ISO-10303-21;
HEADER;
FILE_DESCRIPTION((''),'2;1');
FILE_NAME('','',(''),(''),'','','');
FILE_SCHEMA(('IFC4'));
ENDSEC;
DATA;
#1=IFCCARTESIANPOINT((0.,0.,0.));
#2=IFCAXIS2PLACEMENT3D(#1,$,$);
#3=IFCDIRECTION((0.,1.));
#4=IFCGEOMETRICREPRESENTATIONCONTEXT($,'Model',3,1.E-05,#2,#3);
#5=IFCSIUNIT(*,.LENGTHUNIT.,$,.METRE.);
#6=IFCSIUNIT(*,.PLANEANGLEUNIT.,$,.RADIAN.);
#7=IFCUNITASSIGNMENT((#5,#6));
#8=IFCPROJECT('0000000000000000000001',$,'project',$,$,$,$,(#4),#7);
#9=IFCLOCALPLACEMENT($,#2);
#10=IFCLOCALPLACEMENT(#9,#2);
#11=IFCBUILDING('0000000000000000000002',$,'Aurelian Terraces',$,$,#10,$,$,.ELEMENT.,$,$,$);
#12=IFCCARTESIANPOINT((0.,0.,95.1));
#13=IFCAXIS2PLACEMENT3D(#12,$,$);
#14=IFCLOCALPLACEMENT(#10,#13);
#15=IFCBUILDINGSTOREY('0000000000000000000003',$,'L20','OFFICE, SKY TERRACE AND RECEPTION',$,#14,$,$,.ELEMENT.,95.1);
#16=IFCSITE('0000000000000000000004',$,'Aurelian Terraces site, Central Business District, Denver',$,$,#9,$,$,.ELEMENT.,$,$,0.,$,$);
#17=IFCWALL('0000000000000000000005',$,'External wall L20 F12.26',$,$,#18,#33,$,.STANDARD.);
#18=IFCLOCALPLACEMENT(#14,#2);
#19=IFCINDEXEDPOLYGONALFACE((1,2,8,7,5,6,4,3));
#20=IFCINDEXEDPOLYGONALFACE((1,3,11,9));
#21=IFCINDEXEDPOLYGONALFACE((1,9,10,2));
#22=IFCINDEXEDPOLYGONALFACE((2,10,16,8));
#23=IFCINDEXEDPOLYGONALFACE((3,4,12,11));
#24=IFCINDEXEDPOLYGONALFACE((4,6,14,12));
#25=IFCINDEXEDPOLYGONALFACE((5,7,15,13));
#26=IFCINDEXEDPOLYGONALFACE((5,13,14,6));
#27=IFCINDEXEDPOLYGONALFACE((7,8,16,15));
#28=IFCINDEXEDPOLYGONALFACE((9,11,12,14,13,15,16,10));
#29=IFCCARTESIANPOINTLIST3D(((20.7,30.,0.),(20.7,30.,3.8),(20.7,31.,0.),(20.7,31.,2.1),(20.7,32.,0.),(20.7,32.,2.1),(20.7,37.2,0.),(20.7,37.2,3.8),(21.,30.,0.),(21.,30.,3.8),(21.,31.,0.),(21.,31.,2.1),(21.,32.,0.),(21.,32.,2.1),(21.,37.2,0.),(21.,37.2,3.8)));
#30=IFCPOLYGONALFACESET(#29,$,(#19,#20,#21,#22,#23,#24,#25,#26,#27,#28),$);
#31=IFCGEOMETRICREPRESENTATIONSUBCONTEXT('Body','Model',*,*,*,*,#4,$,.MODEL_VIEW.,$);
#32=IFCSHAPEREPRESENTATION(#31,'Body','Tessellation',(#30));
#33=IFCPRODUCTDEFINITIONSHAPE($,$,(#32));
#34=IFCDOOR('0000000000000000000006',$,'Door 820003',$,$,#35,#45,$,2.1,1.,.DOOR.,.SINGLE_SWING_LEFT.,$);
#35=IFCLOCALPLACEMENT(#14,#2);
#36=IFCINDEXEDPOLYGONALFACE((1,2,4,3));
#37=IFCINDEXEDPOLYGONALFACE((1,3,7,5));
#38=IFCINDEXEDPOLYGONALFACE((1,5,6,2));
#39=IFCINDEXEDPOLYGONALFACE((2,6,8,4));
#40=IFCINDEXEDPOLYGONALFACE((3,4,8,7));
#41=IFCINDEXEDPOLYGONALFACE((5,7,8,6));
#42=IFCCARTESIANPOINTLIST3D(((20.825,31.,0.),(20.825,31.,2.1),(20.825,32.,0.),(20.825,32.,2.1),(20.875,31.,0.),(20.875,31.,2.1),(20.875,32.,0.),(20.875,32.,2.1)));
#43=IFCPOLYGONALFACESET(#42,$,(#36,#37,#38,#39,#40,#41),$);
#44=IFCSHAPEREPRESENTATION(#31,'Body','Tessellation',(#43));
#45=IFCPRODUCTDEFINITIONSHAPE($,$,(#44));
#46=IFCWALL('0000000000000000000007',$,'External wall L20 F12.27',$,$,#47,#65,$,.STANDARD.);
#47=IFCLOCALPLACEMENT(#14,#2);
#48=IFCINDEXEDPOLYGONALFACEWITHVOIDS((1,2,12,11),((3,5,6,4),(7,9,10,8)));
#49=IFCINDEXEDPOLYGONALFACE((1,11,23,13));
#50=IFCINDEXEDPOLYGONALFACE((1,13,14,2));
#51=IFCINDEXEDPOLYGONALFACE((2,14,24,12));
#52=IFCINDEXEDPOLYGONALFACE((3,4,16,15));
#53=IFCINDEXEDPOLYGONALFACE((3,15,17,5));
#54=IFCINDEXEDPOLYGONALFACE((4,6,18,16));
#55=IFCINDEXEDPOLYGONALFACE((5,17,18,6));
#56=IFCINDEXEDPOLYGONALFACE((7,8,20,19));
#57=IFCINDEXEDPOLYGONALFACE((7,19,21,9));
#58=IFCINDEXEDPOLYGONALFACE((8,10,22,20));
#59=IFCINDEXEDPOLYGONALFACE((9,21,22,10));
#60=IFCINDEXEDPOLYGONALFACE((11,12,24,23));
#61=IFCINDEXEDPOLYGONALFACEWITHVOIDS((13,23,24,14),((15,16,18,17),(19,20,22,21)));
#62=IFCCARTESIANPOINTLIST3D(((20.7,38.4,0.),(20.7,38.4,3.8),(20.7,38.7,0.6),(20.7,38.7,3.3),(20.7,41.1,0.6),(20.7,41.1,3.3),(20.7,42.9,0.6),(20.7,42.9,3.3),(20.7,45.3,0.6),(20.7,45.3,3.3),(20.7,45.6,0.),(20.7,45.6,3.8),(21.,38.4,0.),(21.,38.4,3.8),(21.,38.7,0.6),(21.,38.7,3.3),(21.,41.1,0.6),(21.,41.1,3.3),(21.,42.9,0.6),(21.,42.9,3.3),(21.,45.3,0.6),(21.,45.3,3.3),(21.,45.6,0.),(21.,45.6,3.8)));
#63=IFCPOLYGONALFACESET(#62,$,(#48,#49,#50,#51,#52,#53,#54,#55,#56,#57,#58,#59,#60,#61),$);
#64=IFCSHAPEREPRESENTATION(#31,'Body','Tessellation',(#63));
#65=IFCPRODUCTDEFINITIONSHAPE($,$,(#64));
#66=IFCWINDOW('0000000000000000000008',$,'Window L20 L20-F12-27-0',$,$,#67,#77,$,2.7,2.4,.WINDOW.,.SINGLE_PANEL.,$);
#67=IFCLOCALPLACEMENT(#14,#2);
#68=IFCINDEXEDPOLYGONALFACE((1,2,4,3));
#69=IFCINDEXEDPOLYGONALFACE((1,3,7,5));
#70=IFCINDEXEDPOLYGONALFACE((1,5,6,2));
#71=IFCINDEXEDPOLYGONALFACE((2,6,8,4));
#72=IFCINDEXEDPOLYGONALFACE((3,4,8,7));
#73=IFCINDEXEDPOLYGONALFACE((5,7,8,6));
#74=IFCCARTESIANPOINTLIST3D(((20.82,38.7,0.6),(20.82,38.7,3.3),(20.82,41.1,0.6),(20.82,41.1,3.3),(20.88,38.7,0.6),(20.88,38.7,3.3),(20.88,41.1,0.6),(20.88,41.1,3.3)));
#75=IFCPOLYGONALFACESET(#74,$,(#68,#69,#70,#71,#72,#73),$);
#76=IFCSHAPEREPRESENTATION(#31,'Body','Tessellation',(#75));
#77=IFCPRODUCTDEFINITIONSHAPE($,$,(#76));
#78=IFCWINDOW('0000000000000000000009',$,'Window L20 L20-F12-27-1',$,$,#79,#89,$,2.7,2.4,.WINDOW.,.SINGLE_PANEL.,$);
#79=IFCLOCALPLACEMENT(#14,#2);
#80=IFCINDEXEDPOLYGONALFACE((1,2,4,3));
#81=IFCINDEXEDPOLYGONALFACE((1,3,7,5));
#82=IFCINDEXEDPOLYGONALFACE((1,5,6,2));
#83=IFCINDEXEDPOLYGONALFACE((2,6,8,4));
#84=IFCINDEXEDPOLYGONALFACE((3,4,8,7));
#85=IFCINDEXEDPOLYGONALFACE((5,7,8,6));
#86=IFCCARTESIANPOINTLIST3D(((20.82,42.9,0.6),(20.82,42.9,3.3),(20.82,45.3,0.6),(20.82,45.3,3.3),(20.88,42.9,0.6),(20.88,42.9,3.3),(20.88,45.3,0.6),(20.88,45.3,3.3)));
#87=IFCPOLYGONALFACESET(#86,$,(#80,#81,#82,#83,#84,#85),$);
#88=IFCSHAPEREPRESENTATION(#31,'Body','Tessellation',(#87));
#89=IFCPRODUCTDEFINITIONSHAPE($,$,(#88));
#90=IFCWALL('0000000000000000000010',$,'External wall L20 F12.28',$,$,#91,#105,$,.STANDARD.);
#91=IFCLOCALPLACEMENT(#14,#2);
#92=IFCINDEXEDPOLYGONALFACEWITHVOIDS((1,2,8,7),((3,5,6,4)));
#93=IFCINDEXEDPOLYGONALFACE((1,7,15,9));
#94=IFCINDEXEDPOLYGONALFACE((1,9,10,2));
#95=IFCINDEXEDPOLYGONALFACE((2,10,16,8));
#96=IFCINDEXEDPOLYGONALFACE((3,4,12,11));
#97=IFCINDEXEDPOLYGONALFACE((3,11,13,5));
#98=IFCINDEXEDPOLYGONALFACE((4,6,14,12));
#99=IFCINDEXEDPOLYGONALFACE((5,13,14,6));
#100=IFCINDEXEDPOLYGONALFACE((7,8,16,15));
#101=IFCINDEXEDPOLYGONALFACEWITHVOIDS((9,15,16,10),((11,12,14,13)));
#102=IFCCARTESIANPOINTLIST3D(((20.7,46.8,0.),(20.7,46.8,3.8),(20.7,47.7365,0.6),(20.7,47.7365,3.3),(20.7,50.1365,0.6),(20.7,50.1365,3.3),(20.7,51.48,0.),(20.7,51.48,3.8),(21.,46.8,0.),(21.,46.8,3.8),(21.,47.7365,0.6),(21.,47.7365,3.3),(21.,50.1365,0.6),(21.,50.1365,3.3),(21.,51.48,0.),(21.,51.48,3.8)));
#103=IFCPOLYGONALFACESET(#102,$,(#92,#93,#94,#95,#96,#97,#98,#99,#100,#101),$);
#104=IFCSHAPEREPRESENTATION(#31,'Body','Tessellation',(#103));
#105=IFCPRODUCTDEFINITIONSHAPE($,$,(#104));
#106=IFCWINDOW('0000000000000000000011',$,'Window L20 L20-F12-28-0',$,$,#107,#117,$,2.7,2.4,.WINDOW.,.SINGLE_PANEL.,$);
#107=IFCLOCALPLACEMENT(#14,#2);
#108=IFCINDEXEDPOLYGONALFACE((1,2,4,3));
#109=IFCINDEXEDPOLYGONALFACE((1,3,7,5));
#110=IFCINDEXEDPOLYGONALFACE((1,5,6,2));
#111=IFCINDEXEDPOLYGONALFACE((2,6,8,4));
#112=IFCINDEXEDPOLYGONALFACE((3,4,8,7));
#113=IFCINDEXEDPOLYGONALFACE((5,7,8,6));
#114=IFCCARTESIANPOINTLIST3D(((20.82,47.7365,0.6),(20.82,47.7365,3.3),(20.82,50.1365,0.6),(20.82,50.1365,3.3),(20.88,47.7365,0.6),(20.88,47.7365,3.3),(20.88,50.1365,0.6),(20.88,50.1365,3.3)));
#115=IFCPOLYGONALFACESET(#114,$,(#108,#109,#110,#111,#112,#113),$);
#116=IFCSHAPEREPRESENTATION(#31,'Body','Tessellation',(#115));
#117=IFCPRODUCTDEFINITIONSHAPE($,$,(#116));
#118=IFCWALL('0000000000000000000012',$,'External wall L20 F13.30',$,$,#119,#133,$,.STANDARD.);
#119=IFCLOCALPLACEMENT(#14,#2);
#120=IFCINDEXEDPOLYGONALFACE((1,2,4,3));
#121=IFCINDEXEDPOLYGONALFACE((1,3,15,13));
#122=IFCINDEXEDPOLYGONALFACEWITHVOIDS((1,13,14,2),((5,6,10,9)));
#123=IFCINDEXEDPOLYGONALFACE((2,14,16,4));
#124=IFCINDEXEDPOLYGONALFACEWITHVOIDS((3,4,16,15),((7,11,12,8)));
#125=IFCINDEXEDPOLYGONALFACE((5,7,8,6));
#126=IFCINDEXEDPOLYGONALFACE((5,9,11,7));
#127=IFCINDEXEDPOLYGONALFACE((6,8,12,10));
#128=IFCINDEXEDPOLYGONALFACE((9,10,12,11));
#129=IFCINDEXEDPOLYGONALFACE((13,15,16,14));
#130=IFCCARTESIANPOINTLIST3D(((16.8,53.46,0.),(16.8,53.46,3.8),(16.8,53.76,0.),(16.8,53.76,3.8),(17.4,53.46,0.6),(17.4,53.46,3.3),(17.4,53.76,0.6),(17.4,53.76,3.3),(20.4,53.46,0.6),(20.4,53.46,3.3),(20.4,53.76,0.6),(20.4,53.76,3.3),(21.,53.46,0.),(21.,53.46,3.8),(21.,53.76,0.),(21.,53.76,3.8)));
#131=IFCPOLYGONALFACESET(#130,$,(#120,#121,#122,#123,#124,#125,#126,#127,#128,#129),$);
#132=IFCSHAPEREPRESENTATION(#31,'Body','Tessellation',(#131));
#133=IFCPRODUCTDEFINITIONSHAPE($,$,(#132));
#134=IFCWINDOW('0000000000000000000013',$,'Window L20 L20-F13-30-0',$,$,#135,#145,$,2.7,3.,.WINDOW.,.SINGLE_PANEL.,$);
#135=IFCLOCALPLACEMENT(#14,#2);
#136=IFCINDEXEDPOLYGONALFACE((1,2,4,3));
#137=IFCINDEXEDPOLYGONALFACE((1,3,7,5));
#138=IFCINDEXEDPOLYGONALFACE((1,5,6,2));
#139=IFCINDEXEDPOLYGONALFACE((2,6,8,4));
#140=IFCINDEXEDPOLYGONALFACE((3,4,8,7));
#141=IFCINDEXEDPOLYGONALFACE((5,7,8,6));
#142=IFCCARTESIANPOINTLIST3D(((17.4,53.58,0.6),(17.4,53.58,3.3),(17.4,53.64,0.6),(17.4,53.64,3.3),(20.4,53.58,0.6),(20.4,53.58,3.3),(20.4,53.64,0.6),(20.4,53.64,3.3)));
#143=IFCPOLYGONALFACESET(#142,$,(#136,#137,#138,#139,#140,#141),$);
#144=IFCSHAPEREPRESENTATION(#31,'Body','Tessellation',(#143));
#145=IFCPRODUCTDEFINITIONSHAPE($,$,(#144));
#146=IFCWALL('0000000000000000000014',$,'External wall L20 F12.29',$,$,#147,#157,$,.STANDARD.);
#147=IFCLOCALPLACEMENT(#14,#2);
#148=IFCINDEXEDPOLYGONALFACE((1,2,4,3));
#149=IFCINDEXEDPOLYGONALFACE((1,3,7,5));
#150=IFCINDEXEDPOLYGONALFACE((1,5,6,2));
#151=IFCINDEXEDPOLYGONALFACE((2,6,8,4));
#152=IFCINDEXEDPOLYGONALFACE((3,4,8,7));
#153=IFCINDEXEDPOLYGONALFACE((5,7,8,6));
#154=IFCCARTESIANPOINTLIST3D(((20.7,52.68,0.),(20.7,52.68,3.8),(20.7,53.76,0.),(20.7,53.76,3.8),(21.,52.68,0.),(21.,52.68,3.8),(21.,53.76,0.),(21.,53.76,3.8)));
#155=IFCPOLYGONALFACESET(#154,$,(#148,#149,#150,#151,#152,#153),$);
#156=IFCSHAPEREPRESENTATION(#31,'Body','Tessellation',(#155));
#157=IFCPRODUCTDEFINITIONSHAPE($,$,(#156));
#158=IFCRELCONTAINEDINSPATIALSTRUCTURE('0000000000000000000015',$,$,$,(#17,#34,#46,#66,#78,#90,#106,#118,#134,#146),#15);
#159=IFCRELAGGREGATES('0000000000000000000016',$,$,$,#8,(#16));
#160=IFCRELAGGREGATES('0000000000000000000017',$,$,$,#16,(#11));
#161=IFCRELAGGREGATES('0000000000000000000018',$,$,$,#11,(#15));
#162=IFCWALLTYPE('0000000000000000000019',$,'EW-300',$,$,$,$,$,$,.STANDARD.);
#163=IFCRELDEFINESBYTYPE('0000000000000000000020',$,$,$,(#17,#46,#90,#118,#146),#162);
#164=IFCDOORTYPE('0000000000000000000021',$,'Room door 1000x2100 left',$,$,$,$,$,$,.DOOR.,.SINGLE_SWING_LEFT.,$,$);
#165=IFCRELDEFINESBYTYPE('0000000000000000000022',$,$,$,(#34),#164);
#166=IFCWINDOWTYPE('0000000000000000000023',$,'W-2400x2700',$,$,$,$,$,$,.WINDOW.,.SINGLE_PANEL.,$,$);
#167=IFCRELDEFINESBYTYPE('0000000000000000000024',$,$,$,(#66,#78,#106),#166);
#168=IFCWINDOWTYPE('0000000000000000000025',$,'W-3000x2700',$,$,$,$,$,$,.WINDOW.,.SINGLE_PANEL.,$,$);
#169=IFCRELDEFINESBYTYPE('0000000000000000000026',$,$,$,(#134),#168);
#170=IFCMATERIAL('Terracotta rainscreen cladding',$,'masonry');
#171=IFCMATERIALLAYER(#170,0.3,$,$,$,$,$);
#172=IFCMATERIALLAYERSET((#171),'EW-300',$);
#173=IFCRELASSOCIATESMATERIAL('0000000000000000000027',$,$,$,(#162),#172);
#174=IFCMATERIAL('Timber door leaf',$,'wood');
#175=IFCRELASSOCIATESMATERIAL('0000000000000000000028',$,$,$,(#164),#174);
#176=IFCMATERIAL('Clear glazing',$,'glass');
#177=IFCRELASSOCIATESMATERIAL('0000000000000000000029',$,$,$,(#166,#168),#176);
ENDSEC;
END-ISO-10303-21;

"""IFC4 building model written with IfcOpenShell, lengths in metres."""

from ifc_helpers import new_model, si_unit, direction, frame, frame_2d, origin, place, context, subcontext, project, spatial, rectangle, extrude, source, transform, mapped, material, layer, layer_set, type_object, element, fill, save


model = new_model("IFC4")

# Units and contexts
model_context = context("Model", 3, precision=1e-05, world=origin(), true_north=direction((0.0, 1.0)))
body_context = subcontext(model_context, "Body", "Model", "MODEL_VIEW")
ifc_project = project(units=[si_unit("LENGTHUNIT", "METRE"), si_unit("PLANEANGLEUNIT", "RADIAN")], contexts=[model_context])

# Site, building, storey
site_placement = place(None, origin())
site = spatial("IfcSite", under=ifc_project, at=site_placement, Name="Aurelian Terraces site, Central Business District, Denver", CompositionType="ELEMENT", RefElevation=0.0)
building_placement = place(site_placement, origin())
building = spatial("IfcBuilding", under=site, at=building_placement, Name="Aurelian Terraces", CompositionType="ELEMENT")
storey_placement = place(building_placement, frame((0.0, 0.0, 95.1)))
storey = spatial("IfcBuildingStorey", under=building, at=storey_placement, Name="L20", Description="OFFICE, SKY TERRACE AND RECEPTION", CompositionType="ELEMENT", Elevation=95.1)

# Wall, opening, door
ifc_material_1 = material(Name="Terracotta rainscreen cladding", Category="masonry")
ifc_layer_1 = layer(ifc_material_1, 0.3)
ifc_layer_set_1 = layer_set([ifc_layer_1], Name="EW-300")
wall_type_1 = type_object("IfcWallType", Name="EW-300", PredefinedType="STANDARD", material=ifc_layer_set_1)
shared_shape_1 = source(origin(), body_context, "Body", "SweptSolid", [
    extrude(rectangle(XDim=7.2, YDim=0.3, at=frame_2d((3.6, 0.0))), origin(), (0.0, 0.0, 1.0), 3.8),
])
wall_1_placement = place(storey_placement, frame((20.85, 30.0, 0.0), z_axis=(0.0, 0.0, 1.0), x_axis=(0.0, 1.0, 0.0)))
wall_1 = element("IfcWall", 1, at=wall_1_placement, inside=storey, type_object=wall_type_1, Name="External wall L20 F12.26", PredefinedType="STANDARD", context=body_context, shape_type="MappedRepresentation", body=[
    mapped(shared_shape_1, transform((0.0, 0.0, 0.0), scale=1.0)),
])
shared_shape_2 = source(origin(), body_context, "Body", "SweptSolid", [
    extrude(rectangle(XDim=1.0, YDim=2.1, at=frame_2d((0.5, 1.05))), frame((0.0, 0.16, 0.0), z_axis=(0.0, -1.0, 0.0), x_axis=(1.0, 0.0, 0.0)), (0.0, 0.0, 1.0), 0.32),
])
opening_1_placement = place(wall_1_placement, frame((1.0, 0.0, 0.0)))
opening_1 = element("IfcOpeningElement", 2, at=opening_1_placement, cuts=wall_1, PredefinedType="OPENING", context=body_context, shape_type="MappedRepresentation", body=[
    mapped(shared_shape_2, transform((0.0, 0.0, 0.0), scale=1.0)),
])
ifc_material_2 = material(Name="Timber door leaf", Category="wood")
door_type = type_object("IfcDoorType", Name="Room door 1000x2100 left", OperationType="SINGLE_SWING_LEFT", PredefinedType="DOOR", material=ifc_material_2)
shared_shape_3 = source(origin(), body_context, "Body", "SweptSolid", [
    extrude(rectangle(XDim=1.0, YDim=2.1, at=frame_2d((0.5, 1.05))), frame((0.0, 0.025, 0.0), z_axis=(0.0, -1.0, 0.0), x_axis=(1.0, 0.0, 0.0)), (0.0, 0.0, 1.0), 0.05),
])
door_placement = place(opening_1_placement, origin())
door = element("IfcDoor", 3, at=door_placement, inside=storey, type_object=door_type, Name="Door 820003", OperationType="SINGLE_SWING_LEFT", OverallHeight=2.1, OverallWidth=1.0, PredefinedType="DOOR", context=body_context, shape_type="MappedRepresentation", body=[
    mapped(shared_shape_3, transform((0.0, 0.0, 0.0), scale=1.0)),
])
fill(opening_1, door)

# Wall, openings, windows
wall_2_placement = place(storey_placement, frame((20.85, 38.4, 0.0), z_axis=(0.0, 0.0, 1.0), x_axis=(0.0, 1.0, 0.0)))
wall_2 = element("IfcWall", 4, at=wall_2_placement, inside=storey, type_object=wall_type_1, Name="External wall L20 F12.27", PredefinedType="STANDARD", context=body_context, shape_type="MappedRepresentation", body=[
    mapped(shared_shape_1, transform((0.0, 0.0, 0.0), scale=1.0)),
])
shared_shape_4 = source(origin(), body_context, "Body", "SweptSolid", [
    extrude(rectangle(XDim=2.4, YDim=2.7, at=frame_2d((1.2, 1.35))), frame((0.0, 0.16, 0.0), z_axis=(0.0, -1.0, 0.0), x_axis=(1.0, 0.0, 0.0)), (0.0, 0.0, 1.0), 0.32),
])
opening_2_placement = place(wall_2_placement, frame((0.3, 0.0, 0.6)))
opening_2 = element("IfcOpeningElement", 5, at=opening_2_placement, cuts=wall_2, PredefinedType="OPENING", context=body_context, shape_type="MappedRepresentation", body=[
    mapped(shared_shape_4, transform((0.0, 0.0, 0.0), scale=1.0)),
])
opening_3_placement = place(wall_2_placement, frame((4.5, 0.0, 0.6)))
opening_3 = element("IfcOpeningElement", 6, at=opening_3_placement, cuts=wall_2, PredefinedType="OPENING", context=body_context, shape_type="MappedRepresentation", body=[
    mapped(shared_shape_4, transform((0.0, 0.0, 0.0), scale=1.0)),
])
ifc_material_3 = material(Name="Clear glazing", Category="glass")
window_type_1 = type_object("IfcWindowType", Name="W-2400x2700", PartitioningType="SINGLE_PANEL", PredefinedType="WINDOW", material=ifc_material_3)
shared_shape_5 = source(origin(), body_context, "Body", "SweptSolid", [
    extrude(rectangle(XDim=2.4, YDim=2.7, at=frame_2d((1.2, 1.35))), frame((0.0, 0.03, 0.0), z_axis=(0.0, -1.0, 0.0), x_axis=(1.0, 0.0, 0.0)), (0.0, 0.0, 1.0), 0.06),
])
window_1_placement = place(opening_2_placement, origin())
window_1 = element("IfcWindow", 7, at=window_1_placement, inside=storey, type_object=window_type_1, Name="Window L20 L20-F12-27-0", OverallHeight=2.7, OverallWidth=2.4, PartitioningType="SINGLE_PANEL", PredefinedType="WINDOW", context=body_context, shape_type="MappedRepresentation", body=[
    mapped(shared_shape_5, transform((0.0, 0.0, 0.0), scale=1.0)),
])
fill(opening_2, window_1)
window_2_placement = place(opening_3_placement, origin())
window_2 = element("IfcWindow", 8, at=window_2_placement, inside=storey, type_object=window_type_1, Name="Window L20 L20-F12-27-1", OverallHeight=2.7, OverallWidth=2.4, PartitioningType="SINGLE_PANEL", PredefinedType="WINDOW", context=body_context, shape_type="MappedRepresentation", body=[
    mapped(shared_shape_5, transform((0.0, 0.0, 0.0), scale=1.0)),
])
fill(opening_3, window_2)

# Walls, openings, windows
shared_shape_6 = source(origin(), body_context, "Body", "SweptSolid", [
    extrude(rectangle(XDim=4.68, YDim=0.3, at=frame_2d((2.34, 0.0))), origin(), (0.0, 0.0, 1.0), 3.8),
])
wall_3_placement = place(storey_placement, frame((20.85, 46.8, 0.0), z_axis=(0.0, 0.0, 1.0), x_axis=(0.0, 1.0, 0.0)))
wall_3 = element("IfcWall", 9, at=wall_3_placement, inside=storey, type_object=wall_type_1, Name="External wall L20 F12.28", PredefinedType="STANDARD", context=body_context, shape_type="MappedRepresentation", body=[
    mapped(shared_shape_6, transform((0.0, 0.0, 0.0), scale=1.0)),
])
opening_4_placement = place(wall_3_placement, frame((0.9365, 0.0, 0.6)))
opening_4 = element("IfcOpeningElement", 10, at=opening_4_placement, cuts=wall_3, PredefinedType="OPENING", context=body_context, shape_type="MappedRepresentation", body=[
    mapped(shared_shape_4, transform((0.0, 0.0, 0.0), scale=1.0)),
])
window_3_placement = place(opening_4_placement, origin())
window_3 = element("IfcWindow", 11, at=window_3_placement, inside=storey, type_object=window_type_1, Name="Window L20 L20-F12-28-0", OverallHeight=2.7, OverallWidth=2.4, PartitioningType="SINGLE_PANEL", PredefinedType="WINDOW", context=body_context, shape_type="MappedRepresentation", body=[
    mapped(shared_shape_5, transform((0.0, 0.0, 0.0), scale=1.0)),
])
fill(opening_4, window_3)
shared_shape_7 = source(origin(), body_context, "Body", "SweptSolid", [
    extrude(rectangle(XDim=4.2, YDim=0.3, at=frame_2d((2.1, 0.0))), origin(), (0.0, 0.0, 1.0), 3.8),
])
wall_4_placement = place(storey_placement, frame((21.0, 53.61, 0.0), z_axis=(0.0, 0.0, 1.0), x_axis=(-1.0, 0.0, 0.0)))
wall_4 = element("IfcWall", 12, at=wall_4_placement, inside=storey, type_object=wall_type_1, Name="External wall L20 F13.30", PredefinedType="STANDARD", context=body_context, shape_type="MappedRepresentation", body=[
    mapped(shared_shape_7, transform((0.0, 0.0, 0.0), scale=1.0)),
])
shared_shape_8 = source(origin(), body_context, "Body", "SweptSolid", [
    extrude(rectangle(XDim=3.0, YDim=2.7, at=frame_2d((1.5, 1.35))), frame((0.0, 0.16, 0.0), z_axis=(0.0, -1.0, 0.0), x_axis=(1.0, 0.0, 0.0)), (0.0, 0.0, 1.0), 0.32),
])
opening_5_placement = place(wall_4_placement, frame((0.6, 0.0, 0.6)))
opening_5 = element("IfcOpeningElement", 13, at=opening_5_placement, cuts=wall_4, PredefinedType="OPENING", context=body_context, shape_type="MappedRepresentation", body=[
    mapped(shared_shape_8, transform((0.0, 0.0, 0.0), scale=1.0)),
])
window_type_2 = type_object("IfcWindowType", Name="W-3000x2700", PartitioningType="SINGLE_PANEL", PredefinedType="WINDOW", material=ifc_material_3)
shared_shape_9 = source(origin(), body_context, "Body", "SweptSolid", [
    extrude(rectangle(XDim=3.0, YDim=2.7, at=frame_2d((1.5, 1.35))), frame((0.0, 0.03, 0.0), z_axis=(0.0, -1.0, 0.0), x_axis=(1.0, 0.0, 0.0)), (0.0, 0.0, 1.0), 0.06),
])
window_4_placement = place(opening_5_placement, origin())
window_4 = element("IfcWindow", 14, at=window_4_placement, inside=storey, type_object=window_type_2, Name="Window L20 L20-F13-30-0", OverallHeight=2.7, OverallWidth=3.0, PartitioningType="SINGLE_PANEL", PredefinedType="WINDOW", context=body_context, shape_type="MappedRepresentation", body=[
    mapped(shared_shape_9, transform((0.0, 0.0, 0.0), scale=1.0)),
])
fill(opening_5, window_4)

# Wall
shared_shape_10 = source(origin(), body_context, "Body", "SweptSolid", [
    extrude(rectangle(XDim=1.08, YDim=0.3, at=frame_2d((0.54, 0.0))), origin(), (0.0, 0.0, 1.0), 3.8),
])
wall_5_placement = place(storey_placement, frame((20.85, 52.68, 0.0), z_axis=(0.0, 0.0, 1.0), x_axis=(0.0, 1.0, 0.0)))
element("IfcWall", 15, at=wall_5_placement, inside=storey, type_object=wall_type_1, Name="External wall L20 F12.29", PredefinedType="STANDARD", context=body_context, shape_type="MappedRepresentation", body=[
    mapped(shared_shape_10, transform((0.0, 0.0, 0.0), scale=1.0)),
])

save(model, "model.ifc")
